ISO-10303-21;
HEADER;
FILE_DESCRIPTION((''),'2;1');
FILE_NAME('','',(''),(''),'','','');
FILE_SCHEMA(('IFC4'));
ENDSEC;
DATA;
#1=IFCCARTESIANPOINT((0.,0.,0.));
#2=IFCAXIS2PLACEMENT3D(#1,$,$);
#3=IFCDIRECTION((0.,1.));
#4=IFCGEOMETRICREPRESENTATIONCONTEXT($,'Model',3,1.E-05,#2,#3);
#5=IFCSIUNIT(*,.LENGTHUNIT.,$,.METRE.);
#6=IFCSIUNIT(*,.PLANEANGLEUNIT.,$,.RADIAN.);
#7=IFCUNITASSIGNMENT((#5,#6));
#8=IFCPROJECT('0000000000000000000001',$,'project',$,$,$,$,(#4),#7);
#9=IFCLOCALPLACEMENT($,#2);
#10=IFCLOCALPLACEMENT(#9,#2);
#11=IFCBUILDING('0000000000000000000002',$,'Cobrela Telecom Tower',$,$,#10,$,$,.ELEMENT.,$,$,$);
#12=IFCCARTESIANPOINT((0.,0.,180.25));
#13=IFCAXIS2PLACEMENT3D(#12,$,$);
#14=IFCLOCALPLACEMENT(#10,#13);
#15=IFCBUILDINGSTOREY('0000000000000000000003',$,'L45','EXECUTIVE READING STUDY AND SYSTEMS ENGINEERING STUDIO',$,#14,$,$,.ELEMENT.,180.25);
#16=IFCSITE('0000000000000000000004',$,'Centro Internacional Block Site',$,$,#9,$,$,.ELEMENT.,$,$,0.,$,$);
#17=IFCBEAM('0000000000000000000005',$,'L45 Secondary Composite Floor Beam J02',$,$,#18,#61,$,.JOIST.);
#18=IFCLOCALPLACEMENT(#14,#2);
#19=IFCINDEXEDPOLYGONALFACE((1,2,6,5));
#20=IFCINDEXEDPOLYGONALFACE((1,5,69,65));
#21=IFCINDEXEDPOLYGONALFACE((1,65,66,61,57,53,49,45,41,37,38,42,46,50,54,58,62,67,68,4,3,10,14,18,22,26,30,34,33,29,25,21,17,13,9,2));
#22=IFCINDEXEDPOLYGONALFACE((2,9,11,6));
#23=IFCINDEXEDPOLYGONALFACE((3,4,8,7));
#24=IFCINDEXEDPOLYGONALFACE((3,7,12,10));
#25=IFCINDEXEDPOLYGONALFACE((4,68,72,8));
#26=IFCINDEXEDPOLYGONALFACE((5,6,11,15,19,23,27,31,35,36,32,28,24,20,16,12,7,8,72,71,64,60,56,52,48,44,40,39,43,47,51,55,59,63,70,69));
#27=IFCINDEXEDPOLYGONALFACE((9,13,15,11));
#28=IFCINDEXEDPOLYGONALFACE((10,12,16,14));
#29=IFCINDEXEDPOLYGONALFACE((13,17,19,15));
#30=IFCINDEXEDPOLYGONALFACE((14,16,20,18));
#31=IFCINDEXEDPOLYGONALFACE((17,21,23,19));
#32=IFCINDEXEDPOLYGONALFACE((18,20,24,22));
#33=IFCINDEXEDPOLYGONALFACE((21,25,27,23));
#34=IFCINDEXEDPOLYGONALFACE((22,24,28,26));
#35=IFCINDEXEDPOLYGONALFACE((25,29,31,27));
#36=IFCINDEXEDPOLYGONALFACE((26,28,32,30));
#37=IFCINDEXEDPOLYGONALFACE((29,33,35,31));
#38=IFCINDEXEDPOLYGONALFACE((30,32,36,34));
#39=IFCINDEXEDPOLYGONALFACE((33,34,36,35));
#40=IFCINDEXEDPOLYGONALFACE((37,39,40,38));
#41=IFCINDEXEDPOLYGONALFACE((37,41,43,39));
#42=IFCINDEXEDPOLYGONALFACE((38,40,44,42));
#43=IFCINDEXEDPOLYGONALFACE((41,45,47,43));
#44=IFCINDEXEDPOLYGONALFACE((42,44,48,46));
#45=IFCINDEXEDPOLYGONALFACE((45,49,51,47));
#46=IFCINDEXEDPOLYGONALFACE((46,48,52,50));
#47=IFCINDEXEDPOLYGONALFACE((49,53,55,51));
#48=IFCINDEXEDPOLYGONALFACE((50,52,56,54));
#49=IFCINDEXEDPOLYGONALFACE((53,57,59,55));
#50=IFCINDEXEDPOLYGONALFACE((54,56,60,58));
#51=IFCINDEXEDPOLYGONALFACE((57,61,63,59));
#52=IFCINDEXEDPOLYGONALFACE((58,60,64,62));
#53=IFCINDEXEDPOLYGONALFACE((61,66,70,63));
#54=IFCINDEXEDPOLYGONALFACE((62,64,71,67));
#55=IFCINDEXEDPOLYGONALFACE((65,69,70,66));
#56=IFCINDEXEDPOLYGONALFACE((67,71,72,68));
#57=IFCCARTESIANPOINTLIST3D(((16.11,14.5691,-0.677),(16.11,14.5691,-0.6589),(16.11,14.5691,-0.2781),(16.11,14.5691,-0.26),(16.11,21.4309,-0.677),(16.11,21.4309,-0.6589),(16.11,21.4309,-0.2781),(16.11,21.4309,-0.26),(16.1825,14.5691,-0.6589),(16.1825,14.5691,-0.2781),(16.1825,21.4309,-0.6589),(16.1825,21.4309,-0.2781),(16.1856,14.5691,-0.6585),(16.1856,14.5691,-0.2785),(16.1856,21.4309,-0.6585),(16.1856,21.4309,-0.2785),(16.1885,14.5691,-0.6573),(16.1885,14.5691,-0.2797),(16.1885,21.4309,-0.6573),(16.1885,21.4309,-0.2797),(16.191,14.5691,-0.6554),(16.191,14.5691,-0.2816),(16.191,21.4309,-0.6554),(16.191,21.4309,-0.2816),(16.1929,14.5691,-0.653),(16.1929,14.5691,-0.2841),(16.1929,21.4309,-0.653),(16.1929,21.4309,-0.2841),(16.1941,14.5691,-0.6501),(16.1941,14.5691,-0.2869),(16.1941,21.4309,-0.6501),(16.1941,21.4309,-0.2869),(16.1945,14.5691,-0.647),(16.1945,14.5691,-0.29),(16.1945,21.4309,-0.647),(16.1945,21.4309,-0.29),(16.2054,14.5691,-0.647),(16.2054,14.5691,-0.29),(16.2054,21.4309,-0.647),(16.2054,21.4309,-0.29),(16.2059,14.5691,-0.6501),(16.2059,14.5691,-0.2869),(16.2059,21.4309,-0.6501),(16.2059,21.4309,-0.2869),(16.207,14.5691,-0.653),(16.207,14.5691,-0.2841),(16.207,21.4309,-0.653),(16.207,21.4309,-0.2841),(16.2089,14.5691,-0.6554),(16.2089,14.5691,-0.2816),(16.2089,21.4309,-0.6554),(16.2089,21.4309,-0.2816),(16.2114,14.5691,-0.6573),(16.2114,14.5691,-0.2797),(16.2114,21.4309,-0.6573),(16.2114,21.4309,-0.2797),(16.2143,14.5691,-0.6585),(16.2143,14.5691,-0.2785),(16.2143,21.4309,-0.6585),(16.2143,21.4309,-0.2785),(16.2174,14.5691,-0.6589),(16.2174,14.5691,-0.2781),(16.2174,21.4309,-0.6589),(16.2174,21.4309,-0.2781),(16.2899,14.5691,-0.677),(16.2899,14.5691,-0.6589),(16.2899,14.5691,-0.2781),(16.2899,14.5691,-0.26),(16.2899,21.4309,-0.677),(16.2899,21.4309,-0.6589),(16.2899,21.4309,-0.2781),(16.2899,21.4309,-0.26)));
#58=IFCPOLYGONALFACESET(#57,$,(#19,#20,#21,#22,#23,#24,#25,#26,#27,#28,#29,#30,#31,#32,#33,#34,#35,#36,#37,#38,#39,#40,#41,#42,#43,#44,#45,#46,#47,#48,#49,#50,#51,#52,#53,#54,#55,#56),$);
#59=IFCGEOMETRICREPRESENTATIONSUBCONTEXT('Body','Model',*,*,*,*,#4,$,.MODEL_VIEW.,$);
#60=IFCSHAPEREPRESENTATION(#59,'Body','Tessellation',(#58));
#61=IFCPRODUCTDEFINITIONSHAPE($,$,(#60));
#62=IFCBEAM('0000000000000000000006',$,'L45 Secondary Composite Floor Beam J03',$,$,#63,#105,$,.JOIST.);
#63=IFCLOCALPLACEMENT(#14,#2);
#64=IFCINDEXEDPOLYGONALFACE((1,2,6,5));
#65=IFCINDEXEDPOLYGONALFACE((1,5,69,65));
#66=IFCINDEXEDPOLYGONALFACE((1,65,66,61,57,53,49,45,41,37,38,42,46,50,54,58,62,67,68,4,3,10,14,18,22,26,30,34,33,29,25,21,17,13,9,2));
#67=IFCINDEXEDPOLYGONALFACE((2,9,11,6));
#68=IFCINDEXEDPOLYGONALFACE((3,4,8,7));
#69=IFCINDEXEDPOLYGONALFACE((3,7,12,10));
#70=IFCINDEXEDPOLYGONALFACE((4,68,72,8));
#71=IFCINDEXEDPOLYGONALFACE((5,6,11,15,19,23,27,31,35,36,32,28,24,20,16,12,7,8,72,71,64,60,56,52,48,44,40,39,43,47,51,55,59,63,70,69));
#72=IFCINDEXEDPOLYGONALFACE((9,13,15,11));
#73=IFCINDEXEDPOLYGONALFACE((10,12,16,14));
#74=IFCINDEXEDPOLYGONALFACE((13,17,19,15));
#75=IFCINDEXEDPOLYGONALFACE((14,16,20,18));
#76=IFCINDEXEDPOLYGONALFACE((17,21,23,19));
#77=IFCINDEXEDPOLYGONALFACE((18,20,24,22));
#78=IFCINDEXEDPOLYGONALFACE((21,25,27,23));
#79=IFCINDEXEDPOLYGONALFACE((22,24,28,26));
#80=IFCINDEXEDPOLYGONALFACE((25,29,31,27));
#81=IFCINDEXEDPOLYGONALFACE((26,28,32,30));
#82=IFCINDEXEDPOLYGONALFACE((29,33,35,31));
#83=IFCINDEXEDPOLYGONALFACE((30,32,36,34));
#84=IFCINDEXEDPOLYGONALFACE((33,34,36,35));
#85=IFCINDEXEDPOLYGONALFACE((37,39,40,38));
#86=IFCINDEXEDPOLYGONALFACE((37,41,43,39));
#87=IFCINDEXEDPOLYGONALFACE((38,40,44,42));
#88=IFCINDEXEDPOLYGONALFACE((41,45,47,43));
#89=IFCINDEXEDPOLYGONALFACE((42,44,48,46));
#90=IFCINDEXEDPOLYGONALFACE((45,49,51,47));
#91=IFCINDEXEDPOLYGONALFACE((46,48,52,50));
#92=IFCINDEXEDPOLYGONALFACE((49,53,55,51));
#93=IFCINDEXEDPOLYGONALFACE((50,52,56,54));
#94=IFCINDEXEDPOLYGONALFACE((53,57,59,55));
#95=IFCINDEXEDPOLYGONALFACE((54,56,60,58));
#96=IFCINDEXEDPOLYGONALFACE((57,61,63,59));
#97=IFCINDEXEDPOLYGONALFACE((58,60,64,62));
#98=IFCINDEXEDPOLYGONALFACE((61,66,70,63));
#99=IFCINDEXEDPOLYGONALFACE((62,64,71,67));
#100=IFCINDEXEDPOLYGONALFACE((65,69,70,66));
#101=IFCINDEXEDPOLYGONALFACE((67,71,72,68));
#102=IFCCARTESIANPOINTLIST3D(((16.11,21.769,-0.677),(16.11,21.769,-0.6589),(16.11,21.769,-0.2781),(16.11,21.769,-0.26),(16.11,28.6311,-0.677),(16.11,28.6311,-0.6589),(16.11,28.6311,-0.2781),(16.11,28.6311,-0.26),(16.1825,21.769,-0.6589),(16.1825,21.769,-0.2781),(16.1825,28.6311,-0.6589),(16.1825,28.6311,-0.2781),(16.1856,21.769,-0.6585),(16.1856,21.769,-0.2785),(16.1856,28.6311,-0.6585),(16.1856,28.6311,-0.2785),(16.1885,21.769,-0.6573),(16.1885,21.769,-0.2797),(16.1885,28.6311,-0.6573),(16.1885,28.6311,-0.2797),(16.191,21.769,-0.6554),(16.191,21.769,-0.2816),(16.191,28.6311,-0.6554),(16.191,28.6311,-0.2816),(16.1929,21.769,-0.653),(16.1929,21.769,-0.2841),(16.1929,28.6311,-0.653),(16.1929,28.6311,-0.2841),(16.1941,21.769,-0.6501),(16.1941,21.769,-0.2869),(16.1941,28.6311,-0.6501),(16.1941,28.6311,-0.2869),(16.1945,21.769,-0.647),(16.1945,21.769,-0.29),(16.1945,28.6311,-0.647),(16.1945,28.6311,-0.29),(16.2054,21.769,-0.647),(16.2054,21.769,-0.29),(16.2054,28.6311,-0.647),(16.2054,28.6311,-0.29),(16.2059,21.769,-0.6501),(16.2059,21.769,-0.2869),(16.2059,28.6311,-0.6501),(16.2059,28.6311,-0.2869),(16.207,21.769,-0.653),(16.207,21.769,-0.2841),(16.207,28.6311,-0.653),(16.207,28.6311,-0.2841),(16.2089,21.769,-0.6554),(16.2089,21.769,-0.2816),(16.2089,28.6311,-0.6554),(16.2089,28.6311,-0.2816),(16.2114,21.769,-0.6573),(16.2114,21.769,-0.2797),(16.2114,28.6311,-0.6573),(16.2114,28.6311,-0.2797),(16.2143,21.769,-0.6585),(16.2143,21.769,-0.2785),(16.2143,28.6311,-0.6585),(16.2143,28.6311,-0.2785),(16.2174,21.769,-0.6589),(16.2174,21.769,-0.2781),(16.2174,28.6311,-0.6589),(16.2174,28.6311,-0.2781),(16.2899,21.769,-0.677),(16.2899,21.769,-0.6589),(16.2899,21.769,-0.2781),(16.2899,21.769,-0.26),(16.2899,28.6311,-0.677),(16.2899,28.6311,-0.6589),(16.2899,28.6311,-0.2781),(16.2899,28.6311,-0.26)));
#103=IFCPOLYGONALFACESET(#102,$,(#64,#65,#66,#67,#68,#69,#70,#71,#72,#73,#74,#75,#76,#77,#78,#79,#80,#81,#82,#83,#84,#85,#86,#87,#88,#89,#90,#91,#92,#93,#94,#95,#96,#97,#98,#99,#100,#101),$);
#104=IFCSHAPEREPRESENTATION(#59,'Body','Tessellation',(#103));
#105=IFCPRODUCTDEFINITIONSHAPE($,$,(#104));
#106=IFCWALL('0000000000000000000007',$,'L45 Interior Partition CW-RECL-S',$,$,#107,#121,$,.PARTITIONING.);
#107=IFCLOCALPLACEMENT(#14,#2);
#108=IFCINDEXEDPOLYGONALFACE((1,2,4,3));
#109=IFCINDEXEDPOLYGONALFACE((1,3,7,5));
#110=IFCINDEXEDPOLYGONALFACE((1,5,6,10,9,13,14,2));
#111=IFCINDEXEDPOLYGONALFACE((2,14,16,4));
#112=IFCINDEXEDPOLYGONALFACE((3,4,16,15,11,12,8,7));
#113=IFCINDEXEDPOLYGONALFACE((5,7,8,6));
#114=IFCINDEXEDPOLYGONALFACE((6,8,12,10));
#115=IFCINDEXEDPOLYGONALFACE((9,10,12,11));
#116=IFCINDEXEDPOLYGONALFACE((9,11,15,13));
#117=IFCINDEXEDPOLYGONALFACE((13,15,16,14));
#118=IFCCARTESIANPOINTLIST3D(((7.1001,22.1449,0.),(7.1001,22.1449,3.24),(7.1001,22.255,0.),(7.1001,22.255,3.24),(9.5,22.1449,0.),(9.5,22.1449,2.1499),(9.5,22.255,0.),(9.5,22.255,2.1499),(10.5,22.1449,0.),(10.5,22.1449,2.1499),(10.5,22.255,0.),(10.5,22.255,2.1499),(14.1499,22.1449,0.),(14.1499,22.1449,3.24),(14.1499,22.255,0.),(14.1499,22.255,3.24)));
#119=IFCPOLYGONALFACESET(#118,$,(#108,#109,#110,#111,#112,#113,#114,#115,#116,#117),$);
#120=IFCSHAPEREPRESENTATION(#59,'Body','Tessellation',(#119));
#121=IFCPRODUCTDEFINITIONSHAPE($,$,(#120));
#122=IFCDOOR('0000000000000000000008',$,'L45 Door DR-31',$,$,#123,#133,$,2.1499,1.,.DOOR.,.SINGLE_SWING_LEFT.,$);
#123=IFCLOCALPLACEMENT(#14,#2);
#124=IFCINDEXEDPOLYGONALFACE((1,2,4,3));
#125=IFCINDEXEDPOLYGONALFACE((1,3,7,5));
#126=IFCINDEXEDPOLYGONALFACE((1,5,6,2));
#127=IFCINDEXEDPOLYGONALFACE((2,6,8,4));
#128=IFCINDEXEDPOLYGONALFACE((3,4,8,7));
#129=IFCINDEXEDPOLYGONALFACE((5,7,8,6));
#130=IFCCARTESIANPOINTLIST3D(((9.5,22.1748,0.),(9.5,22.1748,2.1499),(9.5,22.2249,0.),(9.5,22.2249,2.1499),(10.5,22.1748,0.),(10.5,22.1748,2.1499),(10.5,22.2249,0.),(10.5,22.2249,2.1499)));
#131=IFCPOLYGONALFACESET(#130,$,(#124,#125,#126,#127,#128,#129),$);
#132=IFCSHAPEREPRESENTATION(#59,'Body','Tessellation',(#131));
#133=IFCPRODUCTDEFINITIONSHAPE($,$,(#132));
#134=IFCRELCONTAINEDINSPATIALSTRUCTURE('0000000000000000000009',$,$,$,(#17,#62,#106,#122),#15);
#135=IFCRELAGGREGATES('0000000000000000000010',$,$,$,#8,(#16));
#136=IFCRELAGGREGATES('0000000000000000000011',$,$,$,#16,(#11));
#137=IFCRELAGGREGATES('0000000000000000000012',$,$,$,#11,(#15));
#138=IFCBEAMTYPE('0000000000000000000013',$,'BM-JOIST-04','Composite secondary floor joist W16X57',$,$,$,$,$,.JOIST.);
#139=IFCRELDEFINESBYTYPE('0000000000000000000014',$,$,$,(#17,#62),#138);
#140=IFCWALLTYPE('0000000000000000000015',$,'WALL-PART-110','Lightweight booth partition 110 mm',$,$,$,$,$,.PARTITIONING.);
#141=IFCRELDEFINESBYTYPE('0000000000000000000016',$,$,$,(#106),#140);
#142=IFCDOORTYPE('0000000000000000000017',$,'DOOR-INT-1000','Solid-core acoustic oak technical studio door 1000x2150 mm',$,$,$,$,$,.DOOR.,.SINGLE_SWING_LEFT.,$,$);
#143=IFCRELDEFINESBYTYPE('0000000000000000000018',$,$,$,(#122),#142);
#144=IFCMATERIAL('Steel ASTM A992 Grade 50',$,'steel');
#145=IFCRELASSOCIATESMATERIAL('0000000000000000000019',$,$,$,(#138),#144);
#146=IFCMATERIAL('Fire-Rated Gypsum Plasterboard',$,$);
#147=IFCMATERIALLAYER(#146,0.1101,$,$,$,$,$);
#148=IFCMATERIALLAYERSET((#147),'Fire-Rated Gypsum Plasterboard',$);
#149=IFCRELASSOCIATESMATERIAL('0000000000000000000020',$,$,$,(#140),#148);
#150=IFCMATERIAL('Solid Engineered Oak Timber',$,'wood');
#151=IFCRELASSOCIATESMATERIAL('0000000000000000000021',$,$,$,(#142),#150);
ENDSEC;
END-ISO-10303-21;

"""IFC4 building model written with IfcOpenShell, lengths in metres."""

from ifc_helpers import new_model, si_unit, direction, frame, frame_2d, origin, origin_2d, place, context, subcontext, project, spatial, rectangle, i_section, extrude, material, layer, layer_set, material_profile, profile_set, type_object, element, fill, save


model = new_model("IFC4")

# Units and contexts
model_context = context("Model", 3, precision=1e-05, world=origin(), true_north=direction((0.0, 1.0)))
body_context = subcontext(model_context, "Body", "Model", "MODEL_VIEW")
ifc_project = project(units=[si_unit("LENGTHUNIT", "METRE"), si_unit("PLANEANGLEUNIT", "RADIAN")], contexts=[model_context])

# Site, building, storey
site_placement = place(None, origin())
site = spatial("IfcSite", under=ifc_project, at=site_placement, Name="Centro Internacional Block Site", CompositionType="ELEMENT", RefElevation=0.0)
building_placement = place(site_placement, origin())
building = spatial("IfcBuilding", under=site, at=building_placement, Name="Cobrela Telecom Tower", CompositionType="ELEMENT")
storey_placement = place(building_placement, frame((0.0, 0.0, 180.25)))
storey = spatial("IfcBuildingStorey", under=building, at=storey_placement, Name="L45", Description="EXECUTIVE READING STUDY AND SYSTEMS ENGINEERING STUDIO", CompositionType="ELEMENT", Elevation=180.25)

# Beams
ifc_material_1 = material(Name="Steel ASTM A992 Grade 50", Category="steel")
ifc_material_profile_1 = material_profile(ifc_material_1, i_section(OverallWidth=0.1799, OverallDepth=0.417, WebThickness=0.011, FlangeThickness=0.0181, FilletRadius=0.012, at=origin_2d()), Name="W16X57")
ifc_profile_set_1 = profile_set([ifc_material_profile_1], Name="Steel ASTM A992 Grade 50")
beam_type_1 = type_object("IfcBeamType", Name="BM-JOIST-04", Description="Composite secondary floor joist W16X57", PredefinedType="JOIST", material=ifc_profile_set_1)
beam_1_placement = place(storey_placement, frame((16.2, 14.5691, -0.4685), z_axis=(0.0, 1.0, 0.0), x_axis=(-1.0, 0.0, 0.0)))
element("IfcBeam", 1, at=beam_1_placement, inside=storey, type_object=beam_type_1, Name="L45 Secondary Composite Floor Beam J02", PredefinedType="JOIST", context=body_context, shape_type="SweptSolid", body=[
    extrude(i_section(OverallWidth=0.1799, OverallDepth=0.417, WebThickness=0.011, FlangeThickness=0.0181, FilletRadius=0.012, at=origin_2d()), origin(), (0.0, 0.0, 1.0), 6.8618),
])
beam_2_placement = place(storey_placement, frame((16.2, 21.769, -0.4685), z_axis=(0.0, 1.0, 0.0), x_axis=(-1.0, 0.0, 0.0)))
element("IfcBeam", 2, at=beam_2_placement, inside=storey, type_object=beam_type_1, Name="L45 Secondary Composite Floor Beam J03", PredefinedType="JOIST", context=body_context, shape_type="SweptSolid", body=[
    extrude(i_section(OverallWidth=0.1799, OverallDepth=0.417, WebThickness=0.011, FlangeThickness=0.0181, FilletRadius=0.012, at=origin_2d()), origin(), (0.0, 0.0, 1.0), 6.8621),
])

# Wall, opening, door
ifc_material_2 = material(Name="Fire-Rated Gypsum Plasterboard")
ifc_layer_1 = layer(ifc_material_2, 0.1101)
ifc_layer_set_1 = layer_set([ifc_layer_1], Name="Fire-Rated Gypsum Plasterboard")
wall_type_1 = type_object("IfcWallType", Name="WALL-PART-110", Description="Lightweight booth partition 110 mm", PredefinedType="PARTITIONING", material=ifc_layer_set_1)
wall_1_placement = place(storey_placement, frame((7.1001, 22.2, 0.0), z_axis=(0.0, 0.0, 1.0), x_axis=(1.0, 0.0, 0.0)))
wall_1 = element("IfcWall", 3, at=wall_1_placement, inside=storey, type_object=wall_type_1, Name="L45 Interior Partition CW-RECL-S", PredefinedType="PARTITIONING", context=body_context, shape_type="SweptSolid", body=[
    extrude(rectangle(XDim=7.0498, YDim=0.1101, at=frame_2d((3.5249, 0.0))), origin(), (0.0, 0.0, 1.0), 3.24),
])
opening_1_placement = place(wall_1_placement, frame((2.3999, 0.0, 0.0)))
opening_1 = element("IfcOpeningElement", 4, at=opening_1_placement, cuts=wall_1, PredefinedType="OPENING", context=body_context, shape_type="SweptSolid", body=[
    extrude(rectangle(XDim=1.0, YDim=2.1499, at=frame_2d((0.5, 1.075))), frame((0.0, 0.0669, 0.0), z_axis=(0.0, -1.0, 0.0), x_axis=(1.0, 0.0, 0.0)), (0.0, 0.0, 1.0), 0.134),
])
ifc_material_3 = material(Name="Solid Engineered Oak Timber", Category="wood")
door_type_1 = type_object("IfcDoorType", Name="DOOR-INT-1000", Description="Solid-core acoustic oak technical studio door 1000x2150 mm", OperationType="SINGLE_SWING_LEFT", PredefinedType="DOOR", material=ifc_material_3)
door_1_placement = place(opening_1_placement, origin())
door_1 = element("IfcDoor", 5, at=door_1_placement, inside=storey, type_object=door_type_1, Name="L45 Door DR-31", OperationType="SINGLE_SWING_LEFT", OverallHeight=2.1499, OverallWidth=1.0, PredefinedType="DOOR", context=body_context, shape_type="SweptSolid", body=[
    extrude(rectangle(XDim=1.0, YDim=2.1499, at=frame_2d((0.5, 1.075))), frame((0.0, 0.0249, 0.0), z_axis=(0.0, -1.0, 0.0), x_axis=(1.0, 0.0, 0.0)), (0.0, 0.0, 1.0), 0.05),
])
fill(opening_1, door_1)

save(model, "model.ifc")
